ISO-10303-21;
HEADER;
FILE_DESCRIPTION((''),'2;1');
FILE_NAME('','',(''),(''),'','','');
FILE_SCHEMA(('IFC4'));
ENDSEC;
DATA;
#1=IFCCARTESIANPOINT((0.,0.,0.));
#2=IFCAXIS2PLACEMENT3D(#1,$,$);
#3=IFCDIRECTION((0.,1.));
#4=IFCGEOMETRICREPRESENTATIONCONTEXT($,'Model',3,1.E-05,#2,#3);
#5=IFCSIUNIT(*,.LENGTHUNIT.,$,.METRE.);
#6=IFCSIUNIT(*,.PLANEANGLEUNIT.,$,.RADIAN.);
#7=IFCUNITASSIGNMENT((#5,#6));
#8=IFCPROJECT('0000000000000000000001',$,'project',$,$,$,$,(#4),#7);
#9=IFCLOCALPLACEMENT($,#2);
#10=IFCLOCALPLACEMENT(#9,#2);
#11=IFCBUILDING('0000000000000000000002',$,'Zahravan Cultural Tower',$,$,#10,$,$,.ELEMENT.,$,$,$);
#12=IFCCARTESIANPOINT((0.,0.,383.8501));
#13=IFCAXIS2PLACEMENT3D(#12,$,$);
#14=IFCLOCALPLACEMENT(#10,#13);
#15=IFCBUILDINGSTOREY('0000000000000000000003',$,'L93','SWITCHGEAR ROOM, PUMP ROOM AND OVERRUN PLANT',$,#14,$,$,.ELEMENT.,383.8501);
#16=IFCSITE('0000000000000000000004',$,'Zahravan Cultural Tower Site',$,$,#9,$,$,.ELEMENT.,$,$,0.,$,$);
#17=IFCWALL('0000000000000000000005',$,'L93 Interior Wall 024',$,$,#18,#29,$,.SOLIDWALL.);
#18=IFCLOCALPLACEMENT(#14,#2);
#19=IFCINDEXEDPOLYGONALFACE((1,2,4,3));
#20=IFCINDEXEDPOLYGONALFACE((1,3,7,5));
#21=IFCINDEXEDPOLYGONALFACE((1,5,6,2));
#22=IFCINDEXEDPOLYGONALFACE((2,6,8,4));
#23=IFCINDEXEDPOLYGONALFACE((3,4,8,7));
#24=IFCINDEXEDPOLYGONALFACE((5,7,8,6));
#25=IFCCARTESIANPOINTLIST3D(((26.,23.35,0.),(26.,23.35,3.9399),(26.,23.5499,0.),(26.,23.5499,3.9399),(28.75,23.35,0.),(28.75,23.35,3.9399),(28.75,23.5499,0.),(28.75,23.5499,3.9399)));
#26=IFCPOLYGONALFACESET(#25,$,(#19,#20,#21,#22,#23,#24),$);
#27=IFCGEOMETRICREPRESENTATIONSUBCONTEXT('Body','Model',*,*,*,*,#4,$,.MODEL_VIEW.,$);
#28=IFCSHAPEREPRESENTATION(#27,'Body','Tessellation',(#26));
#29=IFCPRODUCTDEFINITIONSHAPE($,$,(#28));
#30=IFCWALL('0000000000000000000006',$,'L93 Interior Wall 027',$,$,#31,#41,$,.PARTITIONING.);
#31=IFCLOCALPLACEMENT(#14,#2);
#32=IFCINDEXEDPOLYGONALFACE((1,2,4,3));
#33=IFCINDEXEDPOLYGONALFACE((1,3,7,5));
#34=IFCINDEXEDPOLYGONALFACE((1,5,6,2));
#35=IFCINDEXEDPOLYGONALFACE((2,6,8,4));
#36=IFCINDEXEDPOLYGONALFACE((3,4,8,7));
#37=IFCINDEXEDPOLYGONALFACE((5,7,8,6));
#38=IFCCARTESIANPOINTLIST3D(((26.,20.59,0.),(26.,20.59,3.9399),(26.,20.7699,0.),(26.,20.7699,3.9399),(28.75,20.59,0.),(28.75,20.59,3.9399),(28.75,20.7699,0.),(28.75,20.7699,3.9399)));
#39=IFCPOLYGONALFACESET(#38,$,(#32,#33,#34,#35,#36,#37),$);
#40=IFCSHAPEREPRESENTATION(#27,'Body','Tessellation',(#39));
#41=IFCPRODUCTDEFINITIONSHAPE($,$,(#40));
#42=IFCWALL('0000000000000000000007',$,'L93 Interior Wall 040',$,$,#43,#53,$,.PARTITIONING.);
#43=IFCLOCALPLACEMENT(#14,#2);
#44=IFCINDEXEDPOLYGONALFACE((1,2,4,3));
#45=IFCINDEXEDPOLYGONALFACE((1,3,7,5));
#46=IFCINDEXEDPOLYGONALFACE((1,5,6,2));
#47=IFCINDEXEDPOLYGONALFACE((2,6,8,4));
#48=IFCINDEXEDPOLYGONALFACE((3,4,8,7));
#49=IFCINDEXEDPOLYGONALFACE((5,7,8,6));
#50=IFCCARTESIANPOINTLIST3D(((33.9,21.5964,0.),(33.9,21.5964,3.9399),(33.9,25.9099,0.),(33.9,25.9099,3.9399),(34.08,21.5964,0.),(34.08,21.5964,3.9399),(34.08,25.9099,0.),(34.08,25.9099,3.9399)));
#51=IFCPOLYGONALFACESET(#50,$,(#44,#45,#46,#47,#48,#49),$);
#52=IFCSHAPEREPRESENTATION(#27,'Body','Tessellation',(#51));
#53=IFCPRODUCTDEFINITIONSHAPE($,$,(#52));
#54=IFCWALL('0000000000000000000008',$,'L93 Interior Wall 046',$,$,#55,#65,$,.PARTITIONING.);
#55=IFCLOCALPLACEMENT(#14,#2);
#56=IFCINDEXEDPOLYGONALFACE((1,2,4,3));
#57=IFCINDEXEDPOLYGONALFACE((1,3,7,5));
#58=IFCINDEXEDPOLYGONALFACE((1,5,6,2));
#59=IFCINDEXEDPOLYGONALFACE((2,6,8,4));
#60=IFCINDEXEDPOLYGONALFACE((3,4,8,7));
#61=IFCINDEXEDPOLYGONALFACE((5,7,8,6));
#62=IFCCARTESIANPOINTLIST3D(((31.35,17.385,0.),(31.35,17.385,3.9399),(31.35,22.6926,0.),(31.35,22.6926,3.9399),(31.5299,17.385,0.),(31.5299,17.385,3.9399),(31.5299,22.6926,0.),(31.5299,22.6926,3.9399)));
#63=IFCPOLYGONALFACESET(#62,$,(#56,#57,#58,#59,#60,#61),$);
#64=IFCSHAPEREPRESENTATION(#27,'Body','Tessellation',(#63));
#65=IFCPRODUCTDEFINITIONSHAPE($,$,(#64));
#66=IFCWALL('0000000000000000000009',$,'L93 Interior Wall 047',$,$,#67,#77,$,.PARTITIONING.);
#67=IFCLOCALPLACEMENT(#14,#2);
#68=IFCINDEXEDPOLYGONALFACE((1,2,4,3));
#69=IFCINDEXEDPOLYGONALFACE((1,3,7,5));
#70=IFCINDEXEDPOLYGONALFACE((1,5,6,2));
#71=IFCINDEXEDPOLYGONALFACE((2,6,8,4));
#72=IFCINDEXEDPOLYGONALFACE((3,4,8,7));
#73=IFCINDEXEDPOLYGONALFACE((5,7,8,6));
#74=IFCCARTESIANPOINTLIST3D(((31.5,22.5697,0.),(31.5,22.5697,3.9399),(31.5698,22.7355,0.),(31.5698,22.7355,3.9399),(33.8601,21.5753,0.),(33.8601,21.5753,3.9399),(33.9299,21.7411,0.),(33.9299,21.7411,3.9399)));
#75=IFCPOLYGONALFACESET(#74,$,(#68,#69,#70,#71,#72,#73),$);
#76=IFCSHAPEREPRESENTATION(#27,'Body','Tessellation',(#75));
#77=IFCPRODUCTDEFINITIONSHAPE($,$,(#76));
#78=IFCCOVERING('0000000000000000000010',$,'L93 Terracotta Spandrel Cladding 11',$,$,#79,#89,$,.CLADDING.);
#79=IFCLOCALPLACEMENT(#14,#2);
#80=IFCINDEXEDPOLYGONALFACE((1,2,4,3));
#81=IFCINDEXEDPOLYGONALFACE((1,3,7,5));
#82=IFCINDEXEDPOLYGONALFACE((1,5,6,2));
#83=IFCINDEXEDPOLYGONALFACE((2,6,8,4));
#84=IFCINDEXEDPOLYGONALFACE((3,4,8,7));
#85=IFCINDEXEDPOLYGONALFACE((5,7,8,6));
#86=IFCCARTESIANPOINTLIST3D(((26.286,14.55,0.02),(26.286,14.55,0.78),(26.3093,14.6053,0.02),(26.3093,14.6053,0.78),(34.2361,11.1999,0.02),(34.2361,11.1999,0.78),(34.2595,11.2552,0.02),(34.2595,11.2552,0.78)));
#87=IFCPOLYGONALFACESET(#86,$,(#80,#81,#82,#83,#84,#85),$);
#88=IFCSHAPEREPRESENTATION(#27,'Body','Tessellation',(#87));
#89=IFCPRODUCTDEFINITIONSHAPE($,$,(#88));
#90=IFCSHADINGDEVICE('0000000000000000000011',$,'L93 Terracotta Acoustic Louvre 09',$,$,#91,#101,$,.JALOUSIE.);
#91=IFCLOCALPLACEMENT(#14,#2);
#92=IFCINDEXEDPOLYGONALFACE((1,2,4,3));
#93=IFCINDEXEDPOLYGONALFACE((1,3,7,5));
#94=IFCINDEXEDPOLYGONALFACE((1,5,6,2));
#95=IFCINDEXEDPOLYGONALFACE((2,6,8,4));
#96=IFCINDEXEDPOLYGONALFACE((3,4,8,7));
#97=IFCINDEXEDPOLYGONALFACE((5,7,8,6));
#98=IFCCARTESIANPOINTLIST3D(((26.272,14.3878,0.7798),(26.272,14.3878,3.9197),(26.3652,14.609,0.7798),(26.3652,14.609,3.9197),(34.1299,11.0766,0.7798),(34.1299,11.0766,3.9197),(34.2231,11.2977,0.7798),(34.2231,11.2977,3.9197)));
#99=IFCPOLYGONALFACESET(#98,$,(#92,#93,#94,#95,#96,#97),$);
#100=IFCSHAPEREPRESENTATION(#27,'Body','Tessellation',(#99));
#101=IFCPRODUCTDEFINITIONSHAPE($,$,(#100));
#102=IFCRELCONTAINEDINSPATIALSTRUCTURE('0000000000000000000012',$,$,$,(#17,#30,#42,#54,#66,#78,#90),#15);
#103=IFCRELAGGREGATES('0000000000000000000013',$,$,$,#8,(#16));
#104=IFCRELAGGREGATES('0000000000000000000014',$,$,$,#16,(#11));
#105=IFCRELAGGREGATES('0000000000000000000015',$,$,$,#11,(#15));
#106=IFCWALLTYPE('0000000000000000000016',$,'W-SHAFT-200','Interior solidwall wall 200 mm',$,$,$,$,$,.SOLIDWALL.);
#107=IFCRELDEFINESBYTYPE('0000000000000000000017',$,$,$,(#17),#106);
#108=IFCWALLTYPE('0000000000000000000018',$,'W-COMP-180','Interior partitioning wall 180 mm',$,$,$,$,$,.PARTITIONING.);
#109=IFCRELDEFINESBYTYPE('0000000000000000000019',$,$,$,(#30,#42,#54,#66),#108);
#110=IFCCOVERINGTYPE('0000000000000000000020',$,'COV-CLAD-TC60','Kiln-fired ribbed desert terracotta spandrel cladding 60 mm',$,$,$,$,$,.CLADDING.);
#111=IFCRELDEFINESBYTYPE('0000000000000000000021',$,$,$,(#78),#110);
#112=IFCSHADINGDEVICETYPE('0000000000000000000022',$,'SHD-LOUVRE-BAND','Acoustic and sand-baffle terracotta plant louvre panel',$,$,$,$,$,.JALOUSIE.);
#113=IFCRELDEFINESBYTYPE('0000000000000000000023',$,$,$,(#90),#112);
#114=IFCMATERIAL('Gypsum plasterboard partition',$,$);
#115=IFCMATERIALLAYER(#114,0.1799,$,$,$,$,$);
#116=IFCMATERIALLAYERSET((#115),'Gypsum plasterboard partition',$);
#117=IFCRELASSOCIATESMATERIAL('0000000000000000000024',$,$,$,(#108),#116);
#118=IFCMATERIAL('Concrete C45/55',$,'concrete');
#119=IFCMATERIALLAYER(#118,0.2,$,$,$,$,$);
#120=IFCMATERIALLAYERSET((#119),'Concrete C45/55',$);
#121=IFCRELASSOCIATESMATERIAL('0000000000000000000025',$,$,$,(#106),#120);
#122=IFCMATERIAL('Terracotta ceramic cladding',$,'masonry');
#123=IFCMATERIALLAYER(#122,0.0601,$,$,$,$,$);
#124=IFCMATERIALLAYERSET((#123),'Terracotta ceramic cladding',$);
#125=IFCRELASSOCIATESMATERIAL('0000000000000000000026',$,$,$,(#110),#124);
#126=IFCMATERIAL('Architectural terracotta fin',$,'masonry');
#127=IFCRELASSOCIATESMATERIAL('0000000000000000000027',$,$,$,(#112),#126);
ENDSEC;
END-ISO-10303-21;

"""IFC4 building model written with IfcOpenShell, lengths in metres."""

from ifc_helpers import new_model, si_unit, direction, frame, frame_2d, origin, origin_2d, place, context, subcontext, project, spatial, rectangle, extrude, source, transform, mapped, material, layer, layer_set, type_object, element, save


model = new_model("IFC4")

# Units and contexts
model_context = context("Model", 3, precision=1e-05, world=origin(), true_north=direction((0.0, 1.0)))
body_context = subcontext(model_context, "Body", "Model", "MODEL_VIEW")
ifc_project = project(units=[si_unit("LENGTHUNIT", "METRE"), si_unit("PLANEANGLEUNIT", "RADIAN")], contexts=[model_context])

# Site, building, storey
site_placement = place(None, origin())
site = spatial("IfcSite", under=ifc_project, at=site_placement, Name="Zahravan Cultural Tower Site", CompositionType="ELEMENT", RefElevation=0.0)
building_placement = place(site_placement, origin())
building = spatial("IfcBuilding", under=site, at=building_placement, Name="Zahravan Cultural Tower", CompositionType="ELEMENT")
storey_placement = place(building_placement, frame((0.0, 0.0, 383.8501)))
storey = spatial("IfcBuildingStorey", under=building, at=storey_placement, Name="L93", Description="SWITCHGEAR ROOM, PUMP ROOM AND OVERRUN PLANT", CompositionType="ELEMENT", Elevation=383.8501)

# Shared definitions
ifc_material_1 = material(Name="Concrete C45/55", Category="concrete")

# Shared definitions
ifc_material_2 = material(Name="Gypsum plasterboard partition")
ifc_layer_1 = layer(ifc_material_2, 0.1799)
ifc_layer_set_1 = layer_set([ifc_layer_1], Name="Gypsum plasterboard partition")
wall_type_1 = type_object("IfcWallType", Name="W-COMP-180", Description="Interior partitioning wall 180 mm", PredefinedType="PARTITIONING", material=ifc_layer_set_1)

# Shared definitions
ifc_layer_2 = layer(ifc_material_1, 0.2)
ifc_layer_set_2 = layer_set([ifc_layer_2], Name="Concrete C45/55")
wall_type_2 = type_object("IfcWallType", Name="W-SHAFT-200", Description="Interior solidwall wall 200 mm", PredefinedType="SOLIDWALL", material=ifc_layer_set_2)

# Walls
shared_shape_1 = source(origin(), body_context, "Body", "SweptSolid", [
    extrude(rectangle(XDim=2.75, YDim=0.2, at=frame_2d((1.375, 0.0))), origin(), (0.0, 0.0, 1.0), 3.9399),
])
wall_1_placement = place(storey_placement, frame((26.0, 23.45, 0.0), z_axis=(0.0, 0.0, 1.0), x_axis=(1.0, 0.0, 0.0)))
element("IfcWall", 1, at=wall_1_placement, inside=storey, type_object=wall_type_2, Name="L93 Interior Wall 024", PredefinedType="SOLIDWALL", context=body_context, shape_type="MappedRepresentation", body=[
    mapped(shared_shape_1, transform((0.0, 0.0, 0.0), x_axis=(1.0, 0.0, 0.0), y_axis=(0.0, 1.0, 0.0), z_axis=(0.0, 0.0, 1.0), scale=1.0)),
])
shared_shape_2 = source(origin(), body_context, "Body", "SweptSolid", [
    extrude(rectangle(XDim=2.75, YDim=0.1799, at=frame_2d((1.375, 0.0))), origin(), (0.0, 0.0, 1.0), 3.9399),
])
wall_2_placement = place(storey_placement, frame((26.0, 20.6799, 0.0), z_axis=(0.0, 0.0, 1.0), x_axis=(1.0, 0.0, 0.0)))
element("IfcWall", 2, at=wall_2_placement, inside=storey, type_object=wall_type_1, Name="L93 Interior Wall 027", PredefinedType="PARTITIONING", context=body_context, shape_type="MappedRepresentation", body=[
    mapped(shared_shape_2, transform((0.0, 0.0, 0.0), x_axis=(1.0, 0.0, 0.0), y_axis=(0.0, 1.0, 0.0), z_axis=(0.0, 0.0, 1.0), scale=1.0)),
])
shared_shape_3 = source(origin(), body_context, "Body", "SweptSolid", [
    extrude(rectangle(XDim=4.3135, YDim=0.1799, at=frame_2d((2.1567, 0.0))), origin(), (0.0, 0.0, 1.0), 3.9399),
])
wall_3_placement = place(storey_placement, frame((33.99, 21.5964, 0.0), z_axis=(0.0, 0.0, 1.0), x_axis=(0.0, 1.0, 0.0)))
element("IfcWall", 3, at=wall_3_placement, inside=storey, type_object=wall_type_1, Name="L93 Interior Wall 040", PredefinedType="PARTITIONING", context=body_context, shape_type="MappedRepresentation", body=[
    mapped(shared_shape_3, transform((0.0, 0.0, 0.0), x_axis=(1.0, 0.0, 0.0), y_axis=(0.0, 1.0, 0.0), z_axis=(0.0, 0.0, 1.0), scale=1.0)),
])
shared_shape_4 = source(origin(), body_context, "Body", "SweptSolid", [
    extrude(rectangle(XDim=5.3076, YDim=0.1799, at=frame_2d((2.6538, 0.0))), origin(), (0.0, 0.0, 1.0), 3.9399),
])
wall_4_placement = place(storey_placement, frame((31.4399, 17.385, 0.0), z_axis=(0.0, 0.0, 1.0), x_axis=(0.0, 1.0, 0.0)))
element("IfcWall", 4, at=wall_4_placement, inside=storey, type_object=wall_type_1, Name="L93 Interior Wall 046", PredefinedType="PARTITIONING", context=body_context, shape_type="MappedRepresentation", body=[
    mapped(shared_shape_4, transform((0.0, 0.0, 0.0), x_axis=(1.0, 0.0, 0.0), y_axis=(0.0, 1.0, 0.0), z_axis=(0.0, 0.0, 1.0), scale=1.0)),
])
shared_shape_5 = source(origin(), body_context, "Body", "SweptSolid", [
    extrude(rectangle(XDim=2.561, YDim=0.1799, at=frame_2d((1.2805, 0.0))), origin(), (0.0, 0.0, 1.0), 3.9399),
])
wall_5_placement = place(storey_placement, frame((31.5349, 22.6526, 0.0), z_axis=(0.0, 0.0, 1.0), x_axis=(0.921544, -0.388274, 0.0)))
element("IfcWall", 5, at=wall_5_placement, inside=storey, type_object=wall_type_1, Name="L93 Interior Wall 047", PredefinedType="PARTITIONING", context=body_context, shape_type="MappedRepresentation", body=[
    mapped(shared_shape_5, transform((0.0, 0.0, 0.0), x_axis=(1.0, 0.0, 0.0), y_axis=(0.0, 1.0, 0.0), z_axis=(0.0, 0.0, 1.0), scale=1.0)),
])

# Covering
ifc_material_3 = material(Name="Terracotta ceramic cladding", Category="masonry")
ifc_layer_3 = layer(ifc_material_3, 0.0601)
ifc_layer_set_3 = layer_set([ifc_layer_3], Name="Terracotta ceramic cladding")
covering_type = type_object("IfcCoveringType", Name="COV-CLAD-TC60", Description="Kiln-fired ribbed desert terracotta spandrel cladding 60 mm", PredefinedType="CLADDING", material=ifc_layer_set_3)
shared_shape_6 = source(origin(), body_context, "Body", "SweptSolid", [
    extrude(rectangle(XDim=8.6272, YDim=0.0601, at=origin_2d()), origin(), (0.0, 0.0, 1.0), 0.76),
])
covering_placement = place(storey_placement, frame((30.2727, 12.9026, 0.02), z_axis=(0.0, 0.0, 1.0), x_axis=(-0.921525, 0.38832, 0.0)))
element("IfcCovering", 6, at=covering_placement, inside=storey, type_object=covering_type, Name="L93 Terracotta Spandrel Cladding 11", PredefinedType="CLADDING", context=body_context, shape_type="MappedRepresentation", body=[
    mapped(shared_shape_6, transform((0.0, 0.0, 0.0), x_axis=(1.0, 0.0, 0.0), y_axis=(0.0, 1.0, 0.0), z_axis=(0.0, 0.0, 1.0), scale=1.0)),
])

# Shading device
ifc_material_4 = material(Name="Architectural terracotta fin", Category="masonry")
shading_device_type = type_object("IfcShadingDeviceType", Name="SHD-LOUVRE-BAND", Description="Acoustic and sand-baffle terracotta plant louvre panel", PredefinedType="JALOUSIE", material=ifc_material_4)
shared_shape_7 = source(origin(), body_context, "Body", "SweptSolid", [
    extrude(rectangle(XDim=8.5271, YDim=0.24, at=origin_2d()), origin(), (0.0, 0.0, 1.0), 3.1399),
])
shading_device_placement = place(storey_placement, frame((30.2476, 12.8428, 0.7798), z_axis=(0.0, 0.0, 1.0), x_axis=(-0.921525, 0.38832, 0.0)))
element("IfcShadingDevice", 7, at=shading_device_placement, inside=storey, type_object=shading_device_type, Name="L93 Terracotta Acoustic Louvre 09", PredefinedType="JALOUSIE", context=body_context, shape_type="MappedRepresentation", body=[
    mapped(shared_shape_7, transform((0.0, 0.0, 0.0), x_axis=(1.0, 0.0, 0.0), y_axis=(0.0, 1.0, 0.0), z_axis=(0.0, 0.0, 1.0), scale=1.0)),
])

save(model, "model.ifc")
